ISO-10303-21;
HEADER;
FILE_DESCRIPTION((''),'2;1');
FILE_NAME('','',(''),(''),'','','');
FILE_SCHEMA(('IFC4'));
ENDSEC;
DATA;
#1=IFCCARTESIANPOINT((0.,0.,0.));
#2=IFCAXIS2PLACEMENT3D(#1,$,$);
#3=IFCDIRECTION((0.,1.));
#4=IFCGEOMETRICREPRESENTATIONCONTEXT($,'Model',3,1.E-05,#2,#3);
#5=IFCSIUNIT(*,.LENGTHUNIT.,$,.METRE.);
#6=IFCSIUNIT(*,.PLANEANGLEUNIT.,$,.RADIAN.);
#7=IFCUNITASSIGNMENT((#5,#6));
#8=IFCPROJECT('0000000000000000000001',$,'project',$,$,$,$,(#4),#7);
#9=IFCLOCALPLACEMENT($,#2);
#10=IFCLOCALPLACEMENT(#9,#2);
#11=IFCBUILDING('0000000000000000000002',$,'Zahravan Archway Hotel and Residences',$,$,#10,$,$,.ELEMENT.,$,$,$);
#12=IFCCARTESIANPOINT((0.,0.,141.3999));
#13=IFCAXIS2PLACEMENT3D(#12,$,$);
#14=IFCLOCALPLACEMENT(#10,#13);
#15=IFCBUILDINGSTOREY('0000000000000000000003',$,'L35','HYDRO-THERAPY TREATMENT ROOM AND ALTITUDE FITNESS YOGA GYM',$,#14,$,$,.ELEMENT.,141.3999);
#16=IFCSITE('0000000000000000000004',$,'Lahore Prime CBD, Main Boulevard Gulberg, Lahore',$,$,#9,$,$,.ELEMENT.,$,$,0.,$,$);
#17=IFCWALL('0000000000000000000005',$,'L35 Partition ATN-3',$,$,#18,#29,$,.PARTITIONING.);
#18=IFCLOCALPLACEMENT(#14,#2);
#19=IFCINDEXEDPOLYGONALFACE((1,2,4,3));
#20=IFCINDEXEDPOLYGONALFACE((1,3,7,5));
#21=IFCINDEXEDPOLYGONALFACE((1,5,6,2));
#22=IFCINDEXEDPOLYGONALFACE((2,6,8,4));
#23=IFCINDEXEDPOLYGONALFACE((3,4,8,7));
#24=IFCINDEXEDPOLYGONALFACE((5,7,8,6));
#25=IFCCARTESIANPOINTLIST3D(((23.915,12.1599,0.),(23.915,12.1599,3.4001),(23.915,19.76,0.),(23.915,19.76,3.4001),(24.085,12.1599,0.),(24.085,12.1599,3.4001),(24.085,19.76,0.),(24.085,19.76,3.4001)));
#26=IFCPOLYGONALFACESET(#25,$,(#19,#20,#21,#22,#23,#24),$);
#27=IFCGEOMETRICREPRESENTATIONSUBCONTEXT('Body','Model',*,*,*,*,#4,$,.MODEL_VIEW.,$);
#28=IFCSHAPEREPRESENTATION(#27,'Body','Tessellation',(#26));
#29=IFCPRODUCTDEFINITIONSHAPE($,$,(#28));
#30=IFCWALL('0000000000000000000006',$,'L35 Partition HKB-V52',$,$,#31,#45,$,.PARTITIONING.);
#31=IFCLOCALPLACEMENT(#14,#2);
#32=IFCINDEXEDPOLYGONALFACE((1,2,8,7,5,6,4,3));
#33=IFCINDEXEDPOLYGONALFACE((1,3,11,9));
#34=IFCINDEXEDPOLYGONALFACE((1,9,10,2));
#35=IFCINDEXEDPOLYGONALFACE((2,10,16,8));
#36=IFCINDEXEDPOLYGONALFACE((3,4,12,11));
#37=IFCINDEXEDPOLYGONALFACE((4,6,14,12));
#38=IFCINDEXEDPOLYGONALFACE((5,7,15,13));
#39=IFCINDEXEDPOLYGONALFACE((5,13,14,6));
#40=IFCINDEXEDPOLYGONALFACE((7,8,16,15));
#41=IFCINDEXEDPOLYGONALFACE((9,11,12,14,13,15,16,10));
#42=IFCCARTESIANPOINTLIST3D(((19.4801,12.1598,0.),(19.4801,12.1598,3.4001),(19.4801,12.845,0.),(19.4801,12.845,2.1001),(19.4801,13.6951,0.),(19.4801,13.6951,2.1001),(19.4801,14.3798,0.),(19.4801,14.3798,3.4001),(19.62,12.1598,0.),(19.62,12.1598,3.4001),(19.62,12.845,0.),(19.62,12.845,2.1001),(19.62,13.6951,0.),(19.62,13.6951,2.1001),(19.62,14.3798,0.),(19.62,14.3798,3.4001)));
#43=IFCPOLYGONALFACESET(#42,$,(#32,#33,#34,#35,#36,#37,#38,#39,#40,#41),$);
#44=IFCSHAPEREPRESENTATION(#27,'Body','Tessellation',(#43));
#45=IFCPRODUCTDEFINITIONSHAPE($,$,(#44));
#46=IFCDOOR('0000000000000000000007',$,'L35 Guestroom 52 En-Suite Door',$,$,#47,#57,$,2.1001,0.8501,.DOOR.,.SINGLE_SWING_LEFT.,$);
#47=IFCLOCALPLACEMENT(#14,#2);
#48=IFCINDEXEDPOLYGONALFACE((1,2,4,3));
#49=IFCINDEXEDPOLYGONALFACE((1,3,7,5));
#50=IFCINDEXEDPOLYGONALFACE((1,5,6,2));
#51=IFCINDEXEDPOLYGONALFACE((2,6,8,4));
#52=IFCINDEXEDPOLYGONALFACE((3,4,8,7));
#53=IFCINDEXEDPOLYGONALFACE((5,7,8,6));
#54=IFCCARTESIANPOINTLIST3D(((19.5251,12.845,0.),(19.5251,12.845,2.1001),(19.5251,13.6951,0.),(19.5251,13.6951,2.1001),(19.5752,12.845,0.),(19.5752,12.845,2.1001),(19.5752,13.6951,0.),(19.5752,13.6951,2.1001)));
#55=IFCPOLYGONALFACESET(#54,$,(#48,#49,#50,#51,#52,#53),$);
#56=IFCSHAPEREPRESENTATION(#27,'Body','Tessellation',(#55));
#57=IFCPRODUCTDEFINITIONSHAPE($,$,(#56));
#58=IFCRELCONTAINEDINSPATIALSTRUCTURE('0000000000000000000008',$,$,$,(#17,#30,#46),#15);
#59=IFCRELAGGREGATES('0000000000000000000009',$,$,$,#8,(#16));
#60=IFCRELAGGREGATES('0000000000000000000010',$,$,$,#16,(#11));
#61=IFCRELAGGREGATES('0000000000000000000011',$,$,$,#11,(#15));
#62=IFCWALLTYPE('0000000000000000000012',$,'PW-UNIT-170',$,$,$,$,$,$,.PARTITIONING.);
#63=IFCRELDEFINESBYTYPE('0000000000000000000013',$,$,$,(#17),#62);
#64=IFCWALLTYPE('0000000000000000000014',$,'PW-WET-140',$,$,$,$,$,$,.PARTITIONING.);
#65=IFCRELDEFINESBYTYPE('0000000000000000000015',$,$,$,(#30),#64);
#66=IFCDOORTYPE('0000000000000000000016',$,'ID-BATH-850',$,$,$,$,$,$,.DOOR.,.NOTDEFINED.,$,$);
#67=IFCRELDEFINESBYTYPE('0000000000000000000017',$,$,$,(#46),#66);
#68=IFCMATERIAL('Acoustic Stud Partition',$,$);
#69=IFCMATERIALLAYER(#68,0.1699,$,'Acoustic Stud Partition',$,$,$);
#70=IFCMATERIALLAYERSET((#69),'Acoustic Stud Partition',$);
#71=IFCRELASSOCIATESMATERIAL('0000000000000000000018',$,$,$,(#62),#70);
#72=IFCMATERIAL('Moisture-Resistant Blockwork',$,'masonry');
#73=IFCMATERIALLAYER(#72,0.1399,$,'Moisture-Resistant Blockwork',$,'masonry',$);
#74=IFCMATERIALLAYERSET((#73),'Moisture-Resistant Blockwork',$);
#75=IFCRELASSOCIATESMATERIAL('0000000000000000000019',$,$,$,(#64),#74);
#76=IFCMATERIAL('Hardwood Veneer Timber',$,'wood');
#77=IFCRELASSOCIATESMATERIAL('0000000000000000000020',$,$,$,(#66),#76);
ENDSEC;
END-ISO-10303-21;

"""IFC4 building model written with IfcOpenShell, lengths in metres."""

from ifc_helpers import new_model, si_unit, direction, frame, frame_2d, origin, place, context, subcontext, project, spatial, rectangle, extrude, source, transform, mapped, material, layer, layer_set, type_object, type_shapes, element, fill, save


model = new_model("IFC4")

# Units and contexts
model_context = context("Model", 3, precision=1e-05, world=origin(), true_north=direction((0.0, 1.0)))
body_context = subcontext(model_context, "Body", "Model", "MODEL_VIEW")
ifc_project = project(units=[si_unit("LENGTHUNIT", "METRE"), si_unit("PLANEANGLEUNIT", "RADIAN")], contexts=[model_context])

# Site, building, storey
site_placement = place(None, origin())
site = spatial("IfcSite", under=ifc_project, at=site_placement, Name="Lahore Prime CBD, Main Boulevard Gulberg, Lahore", CompositionType="ELEMENT", RefElevation=0.0)
building_placement = place(site_placement, origin())
building = spatial("IfcBuilding", under=site, at=building_placement, Name="Zahravan Archway Hotel and Residences", CompositionType="ELEMENT")
storey_placement = place(building_placement, frame((0.0, 0.0, 141.3999)))
storey = spatial("IfcBuildingStorey", under=building, at=storey_placement, Name="L35", Description="HYDRO-THERAPY TREATMENT ROOM AND ALTITUDE FITNESS YOGA GYM", CompositionType="ELEMENT", Elevation=141.3999)

# Shared definitions
ifc_material_1 = material(Name="Hardwood Veneer Timber", Category="wood")

# Wall
ifc_material_2 = material(Name="Acoustic Stud Partition")
ifc_layer_1 = layer(ifc_material_2, 0.1699, Name="Acoustic Stud Partition")
ifc_layer_set_1 = layer_set([ifc_layer_1], Name="Acoustic Stud Partition")
wall_type_1 = type_object("IfcWallType", Name="PW-UNIT-170", PredefinedType="PARTITIONING", material=ifc_layer_set_1)
wall_1_placement = place(storey_placement, frame((24.0, 12.1599, 0.0), z_axis=(0.0, 0.0, 1.0), x_axis=(0.0, 1.0, 0.0)))
element("IfcWall", 1, at=wall_1_placement, inside=storey, type_object=wall_type_1, Name="L35 Partition ATN-3", PredefinedType="PARTITIONING", context=body_context, shape_type="SweptSolid", body=[
    extrude(rectangle(XDim=7.6001, YDim=0.1699, at=frame_2d((3.8, 0.0))), origin(), (0.0, 0.0, 1.0), 3.4001),
])

# Wall, opening, door
ifc_material_3 = material(Name="Moisture-Resistant Blockwork", Category="masonry")
ifc_layer_2 = layer(ifc_material_3, 0.1399, Name="Moisture-Resistant Blockwork", Category="masonry")
ifc_layer_set_2 = layer_set([ifc_layer_2], Name="Moisture-Resistant Blockwork")
wall_type_2 = type_object("IfcWallType", Name="PW-WET-140", PredefinedType="PARTITIONING", material=ifc_layer_set_2)
wall_2_placement = place(storey_placement, frame((19.55, 12.1599, 0.0), z_axis=(0.0, 0.0, 1.0), x_axis=(0.0, 1.0, 0.0)))
wall_2 = element("IfcWall", 2, at=wall_2_placement, inside=storey, type_object=wall_type_2, Name="L35 Partition HKB-V52", PredefinedType="PARTITIONING", context=body_context, shape_type="SweptSolid", body=[
    extrude(rectangle(XDim=2.22, YDim=0.1399, at=frame_2d((1.1099, 0.0))), origin(), (0.0, 0.0, 1.0), 3.4001),
])
opening_1_placement = place(wall_2_placement, frame((0.6851, 0.0, 0.0)))
opening_1 = element("IfcOpeningElement", 3, at=opening_1_placement, cuts=wall_2, PredefinedType="OPENING", context=body_context, shape_type="SweptSolid", body=[
    extrude(rectangle(XDim=0.8501, YDim=2.1001, at=frame_2d((0.425, 1.05))), frame((0.0, 0.0801, 0.0), z_axis=(0.0, -1.0, 0.0), x_axis=(1.0, 0.0, 0.0)), (0.0, 0.0, 1.0), 0.1599),
])
door_type_1 = type_object("IfcDoorType", Name="ID-BATH-850", OperationType="NOTDEFINED", PredefinedType="DOOR", material=ifc_material_1)
shared_shape_1 = source(origin(), body_context, "Body", "SweptSolid", [
    extrude(rectangle(XDim=0.8501, YDim=2.1001, at=frame_2d((0.425, 1.05))), frame((0.0, 0.0249, 0.0), z_axis=(0.0, -1.0, 0.0), x_axis=(1.0, 0.0, 0.0)), (0.0, 0.0, 1.0), 0.05),
])
type_shapes(door_type_1, [shared_shape_1])
door_1_placement = place(opening_1_placement, origin())
door_1 = element("IfcDoor", 4, at=door_1_placement, inside=storey, type_object=door_type_1, Name="L35 Guestroom 52 En-Suite Door", OperationType="SINGLE_SWING_LEFT", OverallHeight=2.1001, OverallWidth=0.8501, PredefinedType="DOOR", context=body_context, shape_type="MappedRepresentation", body=[
    mapped(shared_shape_1, transform((0.0, 0.0, 0.0), scale=1.0)),
])
fill(opening_1, door_1)

save(model, "model.ifc")
